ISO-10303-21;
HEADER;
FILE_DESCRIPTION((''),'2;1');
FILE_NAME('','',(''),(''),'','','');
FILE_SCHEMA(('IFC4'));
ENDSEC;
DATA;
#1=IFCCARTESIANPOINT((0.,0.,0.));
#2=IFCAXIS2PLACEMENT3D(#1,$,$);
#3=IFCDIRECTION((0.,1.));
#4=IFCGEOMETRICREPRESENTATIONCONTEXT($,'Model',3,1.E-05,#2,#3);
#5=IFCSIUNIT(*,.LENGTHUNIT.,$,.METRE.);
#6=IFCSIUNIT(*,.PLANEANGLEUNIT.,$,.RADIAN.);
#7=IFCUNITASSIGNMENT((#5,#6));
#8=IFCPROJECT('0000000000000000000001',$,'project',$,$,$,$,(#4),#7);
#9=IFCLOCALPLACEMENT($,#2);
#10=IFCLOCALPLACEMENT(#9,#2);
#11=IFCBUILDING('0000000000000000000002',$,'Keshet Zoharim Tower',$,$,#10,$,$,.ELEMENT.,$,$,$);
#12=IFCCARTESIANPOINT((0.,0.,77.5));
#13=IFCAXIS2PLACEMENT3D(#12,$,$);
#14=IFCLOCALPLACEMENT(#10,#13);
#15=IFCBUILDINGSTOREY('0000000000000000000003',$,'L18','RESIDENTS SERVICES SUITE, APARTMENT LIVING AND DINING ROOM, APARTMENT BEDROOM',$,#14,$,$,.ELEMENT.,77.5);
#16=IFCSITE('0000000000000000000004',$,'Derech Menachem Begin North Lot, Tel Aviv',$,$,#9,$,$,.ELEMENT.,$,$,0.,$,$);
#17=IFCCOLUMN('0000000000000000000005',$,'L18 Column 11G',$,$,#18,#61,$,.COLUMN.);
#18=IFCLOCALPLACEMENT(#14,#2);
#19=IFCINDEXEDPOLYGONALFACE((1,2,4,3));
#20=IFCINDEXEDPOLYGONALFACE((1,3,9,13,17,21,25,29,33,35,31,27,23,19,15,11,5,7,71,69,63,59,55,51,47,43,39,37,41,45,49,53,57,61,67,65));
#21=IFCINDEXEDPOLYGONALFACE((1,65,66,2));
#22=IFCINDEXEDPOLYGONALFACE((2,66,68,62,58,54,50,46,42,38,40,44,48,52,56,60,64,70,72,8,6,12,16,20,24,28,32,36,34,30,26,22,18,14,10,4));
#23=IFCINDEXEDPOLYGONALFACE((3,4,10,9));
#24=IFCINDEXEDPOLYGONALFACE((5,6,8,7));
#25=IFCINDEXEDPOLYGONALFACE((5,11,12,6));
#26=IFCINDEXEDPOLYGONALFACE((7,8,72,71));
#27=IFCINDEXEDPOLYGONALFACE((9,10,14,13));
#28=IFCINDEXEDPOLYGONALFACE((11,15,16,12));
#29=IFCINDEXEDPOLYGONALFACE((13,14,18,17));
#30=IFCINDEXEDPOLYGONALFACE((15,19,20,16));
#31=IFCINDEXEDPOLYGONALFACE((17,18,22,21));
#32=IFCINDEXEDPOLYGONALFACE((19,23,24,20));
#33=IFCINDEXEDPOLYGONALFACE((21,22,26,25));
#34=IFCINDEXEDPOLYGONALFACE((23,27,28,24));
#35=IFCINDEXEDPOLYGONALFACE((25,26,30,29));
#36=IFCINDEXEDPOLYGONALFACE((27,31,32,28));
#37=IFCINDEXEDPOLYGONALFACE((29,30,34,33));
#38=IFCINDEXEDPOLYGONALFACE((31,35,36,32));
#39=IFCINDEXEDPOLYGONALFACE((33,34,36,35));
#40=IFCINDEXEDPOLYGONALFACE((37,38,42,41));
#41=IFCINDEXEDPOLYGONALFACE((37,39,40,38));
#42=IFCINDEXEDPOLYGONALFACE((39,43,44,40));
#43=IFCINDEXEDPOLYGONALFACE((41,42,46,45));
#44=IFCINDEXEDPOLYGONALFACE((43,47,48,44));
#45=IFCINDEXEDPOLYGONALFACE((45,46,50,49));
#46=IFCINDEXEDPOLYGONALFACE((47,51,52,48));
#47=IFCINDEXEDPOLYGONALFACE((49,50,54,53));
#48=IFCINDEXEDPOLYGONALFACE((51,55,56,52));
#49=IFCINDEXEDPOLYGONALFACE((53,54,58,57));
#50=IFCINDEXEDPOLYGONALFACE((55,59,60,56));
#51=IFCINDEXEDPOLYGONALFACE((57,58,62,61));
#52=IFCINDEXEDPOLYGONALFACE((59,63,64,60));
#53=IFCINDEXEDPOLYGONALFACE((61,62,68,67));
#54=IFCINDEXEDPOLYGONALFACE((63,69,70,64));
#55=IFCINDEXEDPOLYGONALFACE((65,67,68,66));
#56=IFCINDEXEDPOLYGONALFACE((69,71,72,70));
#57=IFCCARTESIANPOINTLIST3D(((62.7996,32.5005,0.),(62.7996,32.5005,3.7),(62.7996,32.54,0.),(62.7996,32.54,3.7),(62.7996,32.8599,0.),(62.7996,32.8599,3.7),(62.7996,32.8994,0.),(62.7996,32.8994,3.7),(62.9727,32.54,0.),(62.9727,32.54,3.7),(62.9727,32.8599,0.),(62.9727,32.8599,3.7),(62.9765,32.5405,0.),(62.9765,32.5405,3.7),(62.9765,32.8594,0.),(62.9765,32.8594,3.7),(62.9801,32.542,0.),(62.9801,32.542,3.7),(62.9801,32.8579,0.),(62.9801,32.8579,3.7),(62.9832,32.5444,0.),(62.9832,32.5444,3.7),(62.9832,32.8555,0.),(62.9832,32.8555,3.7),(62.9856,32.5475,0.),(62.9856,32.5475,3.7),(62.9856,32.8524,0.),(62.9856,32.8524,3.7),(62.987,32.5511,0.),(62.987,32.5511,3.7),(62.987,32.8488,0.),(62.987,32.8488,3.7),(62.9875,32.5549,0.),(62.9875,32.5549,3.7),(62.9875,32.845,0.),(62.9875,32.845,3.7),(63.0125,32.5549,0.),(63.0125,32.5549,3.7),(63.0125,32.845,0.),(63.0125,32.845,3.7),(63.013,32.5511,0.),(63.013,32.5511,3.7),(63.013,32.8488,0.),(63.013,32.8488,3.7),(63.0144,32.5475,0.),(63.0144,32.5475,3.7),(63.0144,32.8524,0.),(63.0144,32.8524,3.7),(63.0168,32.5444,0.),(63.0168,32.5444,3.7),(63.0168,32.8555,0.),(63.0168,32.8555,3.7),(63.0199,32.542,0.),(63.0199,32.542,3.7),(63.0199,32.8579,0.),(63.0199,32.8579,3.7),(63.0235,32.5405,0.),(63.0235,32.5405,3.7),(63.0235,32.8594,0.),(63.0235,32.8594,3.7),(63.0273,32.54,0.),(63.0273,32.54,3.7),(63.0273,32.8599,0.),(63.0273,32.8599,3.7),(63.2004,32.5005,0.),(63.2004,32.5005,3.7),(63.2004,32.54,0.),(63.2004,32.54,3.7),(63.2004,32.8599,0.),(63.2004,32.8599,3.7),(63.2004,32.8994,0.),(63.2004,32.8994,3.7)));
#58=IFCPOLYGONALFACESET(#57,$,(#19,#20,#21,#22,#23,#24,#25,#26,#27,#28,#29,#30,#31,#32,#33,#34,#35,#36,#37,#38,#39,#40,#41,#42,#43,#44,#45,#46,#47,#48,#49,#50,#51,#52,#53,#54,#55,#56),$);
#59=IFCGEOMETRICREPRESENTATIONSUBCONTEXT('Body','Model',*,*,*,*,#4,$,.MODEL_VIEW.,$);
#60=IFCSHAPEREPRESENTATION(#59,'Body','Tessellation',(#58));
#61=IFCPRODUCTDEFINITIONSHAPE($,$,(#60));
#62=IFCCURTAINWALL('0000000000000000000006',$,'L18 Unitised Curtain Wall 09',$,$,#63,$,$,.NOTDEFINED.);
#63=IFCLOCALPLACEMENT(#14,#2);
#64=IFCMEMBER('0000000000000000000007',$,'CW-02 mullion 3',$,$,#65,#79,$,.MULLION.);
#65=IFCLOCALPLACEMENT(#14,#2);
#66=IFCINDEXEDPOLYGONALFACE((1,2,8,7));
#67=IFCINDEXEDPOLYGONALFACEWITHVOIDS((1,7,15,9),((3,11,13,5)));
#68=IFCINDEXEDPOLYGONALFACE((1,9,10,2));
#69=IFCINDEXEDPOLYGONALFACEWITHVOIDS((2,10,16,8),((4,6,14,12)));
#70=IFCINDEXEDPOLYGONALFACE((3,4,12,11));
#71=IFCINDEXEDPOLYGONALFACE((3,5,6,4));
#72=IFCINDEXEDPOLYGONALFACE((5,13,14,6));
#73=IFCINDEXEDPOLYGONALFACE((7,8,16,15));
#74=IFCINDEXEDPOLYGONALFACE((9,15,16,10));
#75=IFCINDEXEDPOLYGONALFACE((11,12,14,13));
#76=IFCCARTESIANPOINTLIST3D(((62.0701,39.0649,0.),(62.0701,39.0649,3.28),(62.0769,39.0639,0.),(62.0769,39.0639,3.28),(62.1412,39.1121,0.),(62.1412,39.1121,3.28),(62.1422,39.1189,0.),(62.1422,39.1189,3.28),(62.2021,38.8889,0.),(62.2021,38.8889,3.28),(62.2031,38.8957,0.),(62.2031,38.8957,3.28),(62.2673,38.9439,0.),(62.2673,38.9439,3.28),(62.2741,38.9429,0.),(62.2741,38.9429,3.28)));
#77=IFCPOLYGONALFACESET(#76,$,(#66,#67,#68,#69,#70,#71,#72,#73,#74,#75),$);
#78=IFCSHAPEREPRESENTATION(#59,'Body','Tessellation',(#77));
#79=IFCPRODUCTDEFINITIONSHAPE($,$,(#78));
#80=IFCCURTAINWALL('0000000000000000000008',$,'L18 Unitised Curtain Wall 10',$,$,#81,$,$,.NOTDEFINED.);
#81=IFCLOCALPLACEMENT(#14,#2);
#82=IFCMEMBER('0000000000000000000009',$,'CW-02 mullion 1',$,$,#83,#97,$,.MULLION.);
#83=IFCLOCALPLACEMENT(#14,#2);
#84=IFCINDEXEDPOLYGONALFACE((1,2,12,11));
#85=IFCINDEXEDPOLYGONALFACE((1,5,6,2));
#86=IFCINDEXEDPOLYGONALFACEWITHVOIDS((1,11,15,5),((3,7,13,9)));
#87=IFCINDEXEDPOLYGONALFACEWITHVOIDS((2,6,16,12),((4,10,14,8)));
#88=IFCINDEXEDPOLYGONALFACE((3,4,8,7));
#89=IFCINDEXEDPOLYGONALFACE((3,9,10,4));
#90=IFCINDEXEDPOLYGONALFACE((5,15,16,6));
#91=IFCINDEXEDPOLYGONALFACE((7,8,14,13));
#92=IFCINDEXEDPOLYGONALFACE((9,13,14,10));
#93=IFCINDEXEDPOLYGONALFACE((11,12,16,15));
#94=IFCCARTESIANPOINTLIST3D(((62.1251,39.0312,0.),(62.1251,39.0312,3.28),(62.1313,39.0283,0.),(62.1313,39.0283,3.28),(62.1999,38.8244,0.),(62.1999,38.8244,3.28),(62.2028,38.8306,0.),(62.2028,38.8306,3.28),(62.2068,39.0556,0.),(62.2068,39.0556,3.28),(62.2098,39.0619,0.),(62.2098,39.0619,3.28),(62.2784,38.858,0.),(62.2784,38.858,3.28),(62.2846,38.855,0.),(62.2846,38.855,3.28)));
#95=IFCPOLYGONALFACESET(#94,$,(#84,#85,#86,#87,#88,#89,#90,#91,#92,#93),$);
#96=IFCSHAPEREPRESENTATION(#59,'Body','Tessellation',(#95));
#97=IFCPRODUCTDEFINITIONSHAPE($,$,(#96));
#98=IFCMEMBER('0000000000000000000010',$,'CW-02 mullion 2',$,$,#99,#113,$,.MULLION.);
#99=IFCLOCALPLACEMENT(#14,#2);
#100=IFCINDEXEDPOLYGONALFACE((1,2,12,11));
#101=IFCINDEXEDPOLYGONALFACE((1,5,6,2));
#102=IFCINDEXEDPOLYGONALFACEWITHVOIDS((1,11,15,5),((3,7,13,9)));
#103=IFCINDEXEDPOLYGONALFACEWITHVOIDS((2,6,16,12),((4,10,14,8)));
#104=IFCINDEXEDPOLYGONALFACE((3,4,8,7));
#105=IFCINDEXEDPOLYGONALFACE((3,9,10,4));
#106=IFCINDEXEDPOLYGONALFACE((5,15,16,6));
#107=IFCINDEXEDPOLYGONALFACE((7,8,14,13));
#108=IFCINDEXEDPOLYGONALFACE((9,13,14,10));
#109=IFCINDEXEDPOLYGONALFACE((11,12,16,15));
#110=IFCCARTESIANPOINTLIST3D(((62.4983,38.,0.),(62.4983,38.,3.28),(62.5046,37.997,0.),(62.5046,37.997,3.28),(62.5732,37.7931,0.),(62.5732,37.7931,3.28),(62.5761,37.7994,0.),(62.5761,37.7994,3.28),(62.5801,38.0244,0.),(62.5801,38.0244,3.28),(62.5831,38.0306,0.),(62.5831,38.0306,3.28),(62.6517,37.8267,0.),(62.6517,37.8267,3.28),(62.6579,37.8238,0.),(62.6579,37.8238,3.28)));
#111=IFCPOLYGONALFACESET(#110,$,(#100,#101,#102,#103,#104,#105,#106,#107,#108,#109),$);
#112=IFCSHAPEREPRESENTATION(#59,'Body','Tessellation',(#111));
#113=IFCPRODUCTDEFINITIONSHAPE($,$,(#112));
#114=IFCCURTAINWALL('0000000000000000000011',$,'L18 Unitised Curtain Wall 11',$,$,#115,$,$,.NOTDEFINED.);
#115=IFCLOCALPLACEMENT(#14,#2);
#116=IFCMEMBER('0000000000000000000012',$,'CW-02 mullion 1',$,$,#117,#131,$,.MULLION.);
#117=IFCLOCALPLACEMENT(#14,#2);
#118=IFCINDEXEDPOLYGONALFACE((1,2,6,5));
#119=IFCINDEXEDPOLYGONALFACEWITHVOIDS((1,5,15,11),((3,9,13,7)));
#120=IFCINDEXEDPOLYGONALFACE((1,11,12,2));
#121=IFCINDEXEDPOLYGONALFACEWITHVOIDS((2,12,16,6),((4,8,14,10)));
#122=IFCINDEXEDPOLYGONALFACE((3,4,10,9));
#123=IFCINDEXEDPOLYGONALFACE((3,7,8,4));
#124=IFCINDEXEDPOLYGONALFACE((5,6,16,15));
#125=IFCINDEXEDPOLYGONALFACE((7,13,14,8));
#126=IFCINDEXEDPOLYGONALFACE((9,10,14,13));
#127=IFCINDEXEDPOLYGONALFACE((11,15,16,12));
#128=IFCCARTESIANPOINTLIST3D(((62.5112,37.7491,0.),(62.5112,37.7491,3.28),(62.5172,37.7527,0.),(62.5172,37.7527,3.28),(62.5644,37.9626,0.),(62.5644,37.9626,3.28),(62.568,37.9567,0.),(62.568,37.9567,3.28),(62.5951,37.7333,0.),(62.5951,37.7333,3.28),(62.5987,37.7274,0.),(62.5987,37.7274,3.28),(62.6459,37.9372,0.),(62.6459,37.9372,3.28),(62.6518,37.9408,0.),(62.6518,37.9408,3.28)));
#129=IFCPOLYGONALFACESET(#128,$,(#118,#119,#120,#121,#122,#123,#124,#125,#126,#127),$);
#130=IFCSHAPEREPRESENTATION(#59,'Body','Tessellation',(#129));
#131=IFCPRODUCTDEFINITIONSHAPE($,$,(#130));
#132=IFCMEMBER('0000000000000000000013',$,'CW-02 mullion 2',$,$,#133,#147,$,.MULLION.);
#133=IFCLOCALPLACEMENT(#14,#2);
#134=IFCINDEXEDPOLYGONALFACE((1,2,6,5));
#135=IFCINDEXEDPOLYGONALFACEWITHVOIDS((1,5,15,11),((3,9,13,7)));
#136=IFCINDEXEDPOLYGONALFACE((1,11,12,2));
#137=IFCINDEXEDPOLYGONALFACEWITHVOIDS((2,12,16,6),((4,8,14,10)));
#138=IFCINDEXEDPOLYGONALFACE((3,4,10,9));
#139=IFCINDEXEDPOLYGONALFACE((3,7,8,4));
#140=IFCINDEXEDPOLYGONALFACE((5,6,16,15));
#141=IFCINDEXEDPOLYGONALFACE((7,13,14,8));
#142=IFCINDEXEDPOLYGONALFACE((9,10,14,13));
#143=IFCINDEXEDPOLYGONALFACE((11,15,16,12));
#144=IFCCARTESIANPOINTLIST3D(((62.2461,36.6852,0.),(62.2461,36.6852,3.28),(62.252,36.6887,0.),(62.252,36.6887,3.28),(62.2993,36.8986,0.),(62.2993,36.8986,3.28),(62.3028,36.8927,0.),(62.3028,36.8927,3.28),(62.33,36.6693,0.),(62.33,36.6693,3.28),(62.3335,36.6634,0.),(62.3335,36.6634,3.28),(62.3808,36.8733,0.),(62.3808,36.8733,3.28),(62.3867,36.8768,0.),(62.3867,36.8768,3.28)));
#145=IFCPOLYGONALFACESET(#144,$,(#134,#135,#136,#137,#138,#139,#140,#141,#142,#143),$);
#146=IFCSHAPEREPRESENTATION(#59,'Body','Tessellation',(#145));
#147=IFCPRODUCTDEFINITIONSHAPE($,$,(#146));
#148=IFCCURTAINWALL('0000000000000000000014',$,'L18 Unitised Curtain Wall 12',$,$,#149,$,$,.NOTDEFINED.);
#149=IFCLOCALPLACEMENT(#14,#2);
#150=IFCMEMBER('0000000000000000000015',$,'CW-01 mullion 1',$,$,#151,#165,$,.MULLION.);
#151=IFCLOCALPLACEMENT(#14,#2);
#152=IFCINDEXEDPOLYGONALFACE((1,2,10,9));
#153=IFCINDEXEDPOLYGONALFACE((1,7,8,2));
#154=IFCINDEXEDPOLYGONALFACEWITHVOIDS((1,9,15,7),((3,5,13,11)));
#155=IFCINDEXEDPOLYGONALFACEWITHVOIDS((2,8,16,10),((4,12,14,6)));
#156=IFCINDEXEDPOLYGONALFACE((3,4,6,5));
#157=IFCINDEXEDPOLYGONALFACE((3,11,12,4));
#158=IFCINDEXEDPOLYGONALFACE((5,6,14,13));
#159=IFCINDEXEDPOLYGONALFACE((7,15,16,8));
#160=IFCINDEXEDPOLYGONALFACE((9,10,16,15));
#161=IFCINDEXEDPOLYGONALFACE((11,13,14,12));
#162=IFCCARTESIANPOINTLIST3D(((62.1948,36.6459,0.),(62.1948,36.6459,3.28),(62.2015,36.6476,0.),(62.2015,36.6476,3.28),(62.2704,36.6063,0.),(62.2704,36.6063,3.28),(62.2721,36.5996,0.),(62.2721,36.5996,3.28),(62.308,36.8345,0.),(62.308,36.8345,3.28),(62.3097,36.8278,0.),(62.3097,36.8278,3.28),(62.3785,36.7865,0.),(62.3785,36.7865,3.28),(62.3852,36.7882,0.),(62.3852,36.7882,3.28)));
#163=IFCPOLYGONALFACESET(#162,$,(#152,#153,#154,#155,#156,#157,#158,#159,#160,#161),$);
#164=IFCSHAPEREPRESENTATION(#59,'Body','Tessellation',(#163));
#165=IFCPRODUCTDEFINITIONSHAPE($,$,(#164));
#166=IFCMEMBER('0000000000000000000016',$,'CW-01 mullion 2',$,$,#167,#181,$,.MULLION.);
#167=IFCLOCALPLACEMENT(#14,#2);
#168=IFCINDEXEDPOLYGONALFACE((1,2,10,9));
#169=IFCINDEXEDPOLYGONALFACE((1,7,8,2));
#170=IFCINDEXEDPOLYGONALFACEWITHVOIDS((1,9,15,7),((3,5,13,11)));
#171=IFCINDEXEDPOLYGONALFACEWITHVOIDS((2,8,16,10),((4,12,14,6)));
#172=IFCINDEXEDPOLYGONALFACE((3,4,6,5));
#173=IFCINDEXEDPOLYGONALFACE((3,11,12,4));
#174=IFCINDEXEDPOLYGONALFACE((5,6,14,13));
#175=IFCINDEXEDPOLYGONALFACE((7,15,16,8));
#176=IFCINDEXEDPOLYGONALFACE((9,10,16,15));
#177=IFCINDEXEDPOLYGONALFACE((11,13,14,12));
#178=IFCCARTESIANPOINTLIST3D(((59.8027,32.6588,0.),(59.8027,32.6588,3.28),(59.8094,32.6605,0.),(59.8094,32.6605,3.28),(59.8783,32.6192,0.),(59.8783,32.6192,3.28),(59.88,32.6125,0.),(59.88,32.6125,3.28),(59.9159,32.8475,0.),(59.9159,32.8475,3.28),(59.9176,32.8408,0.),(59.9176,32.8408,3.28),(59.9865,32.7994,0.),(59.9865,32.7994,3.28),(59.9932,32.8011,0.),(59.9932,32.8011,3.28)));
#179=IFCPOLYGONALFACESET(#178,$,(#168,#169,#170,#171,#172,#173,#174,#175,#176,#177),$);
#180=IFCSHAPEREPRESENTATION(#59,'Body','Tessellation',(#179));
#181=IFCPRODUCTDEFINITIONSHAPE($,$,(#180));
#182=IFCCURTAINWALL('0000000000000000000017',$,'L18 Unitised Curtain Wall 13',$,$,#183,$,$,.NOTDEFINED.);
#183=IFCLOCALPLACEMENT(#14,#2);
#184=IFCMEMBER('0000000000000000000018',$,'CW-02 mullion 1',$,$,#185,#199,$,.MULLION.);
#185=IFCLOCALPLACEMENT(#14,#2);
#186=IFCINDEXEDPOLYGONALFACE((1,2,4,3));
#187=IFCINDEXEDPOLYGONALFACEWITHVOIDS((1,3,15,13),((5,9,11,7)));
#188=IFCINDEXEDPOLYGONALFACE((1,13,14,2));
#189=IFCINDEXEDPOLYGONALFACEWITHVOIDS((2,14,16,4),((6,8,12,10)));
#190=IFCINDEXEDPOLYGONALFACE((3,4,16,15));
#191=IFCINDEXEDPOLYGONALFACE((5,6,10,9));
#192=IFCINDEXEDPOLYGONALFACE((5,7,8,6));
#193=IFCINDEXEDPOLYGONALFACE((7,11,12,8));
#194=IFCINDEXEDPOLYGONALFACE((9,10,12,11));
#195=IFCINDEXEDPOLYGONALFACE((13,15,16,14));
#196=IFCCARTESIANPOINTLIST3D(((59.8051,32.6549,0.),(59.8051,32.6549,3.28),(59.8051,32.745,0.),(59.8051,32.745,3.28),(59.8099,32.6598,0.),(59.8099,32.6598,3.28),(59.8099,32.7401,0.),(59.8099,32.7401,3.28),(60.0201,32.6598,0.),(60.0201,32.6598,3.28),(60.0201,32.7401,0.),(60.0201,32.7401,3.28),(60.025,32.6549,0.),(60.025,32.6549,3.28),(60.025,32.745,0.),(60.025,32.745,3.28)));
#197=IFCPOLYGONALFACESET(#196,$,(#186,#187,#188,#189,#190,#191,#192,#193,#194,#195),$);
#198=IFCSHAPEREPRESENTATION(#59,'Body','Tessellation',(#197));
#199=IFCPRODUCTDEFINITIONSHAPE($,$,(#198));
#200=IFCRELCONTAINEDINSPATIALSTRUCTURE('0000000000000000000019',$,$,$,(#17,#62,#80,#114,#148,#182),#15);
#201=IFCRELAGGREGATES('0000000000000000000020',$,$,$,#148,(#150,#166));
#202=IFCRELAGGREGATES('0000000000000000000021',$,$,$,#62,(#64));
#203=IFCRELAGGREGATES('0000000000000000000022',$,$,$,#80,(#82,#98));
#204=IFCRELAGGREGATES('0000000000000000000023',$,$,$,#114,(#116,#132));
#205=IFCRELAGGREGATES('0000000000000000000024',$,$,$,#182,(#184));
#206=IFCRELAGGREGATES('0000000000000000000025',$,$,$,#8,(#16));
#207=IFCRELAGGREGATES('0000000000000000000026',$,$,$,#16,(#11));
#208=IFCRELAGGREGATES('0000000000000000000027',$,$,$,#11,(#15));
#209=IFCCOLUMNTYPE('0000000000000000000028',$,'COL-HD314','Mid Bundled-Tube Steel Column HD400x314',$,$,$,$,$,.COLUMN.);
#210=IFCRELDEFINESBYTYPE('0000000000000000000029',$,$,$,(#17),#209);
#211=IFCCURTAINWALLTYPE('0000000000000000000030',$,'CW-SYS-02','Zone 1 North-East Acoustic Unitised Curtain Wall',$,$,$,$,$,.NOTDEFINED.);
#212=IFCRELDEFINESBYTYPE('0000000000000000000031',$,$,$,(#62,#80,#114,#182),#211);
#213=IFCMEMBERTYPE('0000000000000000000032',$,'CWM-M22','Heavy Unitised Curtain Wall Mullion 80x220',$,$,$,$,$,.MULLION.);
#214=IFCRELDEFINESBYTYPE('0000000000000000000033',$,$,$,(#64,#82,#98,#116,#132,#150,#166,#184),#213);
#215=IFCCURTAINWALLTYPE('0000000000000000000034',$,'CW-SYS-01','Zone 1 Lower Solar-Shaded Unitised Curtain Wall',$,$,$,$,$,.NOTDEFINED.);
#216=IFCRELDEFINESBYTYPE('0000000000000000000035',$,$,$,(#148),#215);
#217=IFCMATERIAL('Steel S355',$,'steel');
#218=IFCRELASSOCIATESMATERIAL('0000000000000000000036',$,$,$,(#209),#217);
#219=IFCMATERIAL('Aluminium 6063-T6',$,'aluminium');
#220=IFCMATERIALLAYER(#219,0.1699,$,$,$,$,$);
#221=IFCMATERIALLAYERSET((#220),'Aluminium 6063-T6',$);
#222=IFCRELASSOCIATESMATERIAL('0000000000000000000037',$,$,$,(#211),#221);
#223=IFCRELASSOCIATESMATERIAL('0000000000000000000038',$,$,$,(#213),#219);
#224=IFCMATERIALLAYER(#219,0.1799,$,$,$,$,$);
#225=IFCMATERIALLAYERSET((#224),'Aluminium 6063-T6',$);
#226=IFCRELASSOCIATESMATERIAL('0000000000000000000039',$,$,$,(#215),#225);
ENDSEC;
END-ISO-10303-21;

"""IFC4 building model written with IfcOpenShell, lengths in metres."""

from ifc_helpers import new_model, si_unit, direction, frame, origin, origin_2d, place, context, subcontext, project, spatial, hollow_rectangle, i_section, extrude, material, layer, layer_set, material_profile, profile_set, type_object, element, aggregate, save


model = new_model("IFC4")

# Units and contexts
model_context = context("Model", 3, precision=1e-05, world=origin(), true_north=direction((0.0, 1.0)))
body_context = subcontext(model_context, "Body", "Model", "MODEL_VIEW")
ifc_project = project(units=[si_unit("LENGTHUNIT", "METRE"), si_unit("PLANEANGLEUNIT", "RADIAN")], contexts=[model_context])

# Site, building, storey
site_placement = place(None, origin())
site = spatial("IfcSite", under=ifc_project, at=site_placement, Name="Derech Menachem Begin North Lot, Tel Aviv", CompositionType="ELEMENT", RefElevation=0.0)
building_placement = place(site_placement, origin())
building = spatial("IfcBuilding", under=site, at=building_placement, Name="Keshet Zoharim Tower", CompositionType="ELEMENT")
storey_placement = place(building_placement, frame((0.0, 0.0, 77.5)))
storey = spatial("IfcBuildingStorey", under=building, at=storey_placement, Name="L18", Description="RESIDENTS SERVICES SUITE, APARTMENT LIVING AND DINING ROOM, APARTMENT BEDROOM", CompositionType="ELEMENT", Elevation=77.5)

# Column
ifc_material_1 = material(Name="Steel S355", Category="steel")
ifc_material_profile_1 = material_profile(ifc_material_1, i_section(OverallWidth=0.4009, OverallDepth=0.3989, WebThickness=0.0249, FlangeThickness=0.0396, FilletRadius=0.0149, at=origin_2d()), Name="HD400x314")
ifc_profile_set_1 = profile_set([ifc_material_profile_1], Name="Steel S355")
column_type = type_object("IfcColumnType", Name="COL-HD314", Description="Mid Bundled-Tube Steel Column HD400x314", PredefinedType="COLUMN", material=ifc_profile_set_1)
column_placement = place(storey_placement, frame((63.0, 32.7, 0.0), z_axis=(0.0, 0.0, 1.0), x_axis=(1.0, 0.0, 0.0)))
element("IfcColumn", 1, at=column_placement, inside=storey, type_object=column_type, Name="L18 Column 11G", PredefinedType="COLUMN", context=body_context, shape_type="SweptSolid", body=[
    extrude(i_section(OverallWidth=0.4009, OverallDepth=0.3989, WebThickness=0.0249, FlangeThickness=0.0396, FilletRadius=0.0149, at=origin_2d()), origin(), (0.0, 0.0, 1.0), 3.7),
])

# Curtain wall, member
ifc_material_2 = material(Name="Aluminium 6063-T6", Category="aluminium")
ifc_layer_1 = layer(ifc_material_2, 0.1699)
ifc_layer_set_1 = layer_set([ifc_layer_1], Name="Aluminium 6063-T6")
curtain_wall_type_1 = type_object("IfcCurtainWallType", Name="CW-SYS-02", Description="Zone 1 North-East Acoustic Unitised Curtain Wall", PredefinedType="NOTDEFINED", material=ifc_layer_set_1)
curtain_wall_1_placement = place(storey_placement, origin())
curtain_wall_1 = element("IfcCurtainWall", 2, at=curtain_wall_1_placement, inside=storey, type_object=curtain_wall_type_1, Name="L18 Unitised Curtain Wall 09", PredefinedType="NOTDEFINED")
ifc_material_profile_2 = material_profile(ifc_material_2, hollow_rectangle(XDim=0.0901, YDim=0.22, WallThickness=0.0049, at=origin_2d()), Name="MUL-90x220")
ifc_profile_set_2 = profile_set([ifc_material_profile_2], Name="Aluminium 6063-T6")
member_type_1 = type_object("IfcMemberType", Name="CWM-M22", Description="Heavy Unitised Curtain Wall Mullion 80x220", PredefinedType="MULLION", material=ifc_profile_set_2)
member_1_placement = place(storey_placement, frame((62.1721, 39.0039, 0.0), z_axis=(0.0, 0.0, 1.0), x_axis=(0.8, 0.6, 0.0)))
member_1 = element("IfcMember", 3, at=member_1_placement, type_object=member_type_1, Name="CW-02 mullion 3", PredefinedType="MULLION", context=body_context, shape_type="SweptSolid", body=[
    extrude(hollow_rectangle(XDim=0.0901, YDim=0.22, WallThickness=0.0049, at=origin_2d()), origin(), (0.0, 0.0, 1.0), 3.28),
])

# Curtain walls, members
curtain_wall_2_placement = place(storey_placement, origin())
curtain_wall_2 = element("IfcCurtainWall", 4, at=curtain_wall_2_placement, inside=storey, type_object=curtain_wall_type_1, Name="L18 Unitised Curtain Wall 10", PredefinedType="NOTDEFINED")
member_2_placement = place(storey_placement, frame((62.2048, 38.9431, 0.0), z_axis=(0.0, 0.0, 1.0), x_axis=(0.940318, 0.340297, 0.0)))
member_2 = element("IfcMember", 5, at=member_2_placement, type_object=member_type_1, Name="CW-02 mullion 1", PredefinedType="MULLION", context=body_context, shape_type="SweptSolid", body=[
    extrude(hollow_rectangle(XDim=0.0901, YDim=0.22, WallThickness=0.0049, at=origin_2d()), origin(), (0.0, 0.0, 1.0), 3.28),
])
member_3_placement = place(storey_placement, frame((62.5781, 37.9119, 0.0), z_axis=(0.0, 0.0, 1.0), x_axis=(0.940318, 0.340297, 0.0)))
member_3 = element("IfcMember", 6, at=member_3_placement, type_object=member_type_1, Name="CW-02 mullion 2", PredefinedType="MULLION", context=body_context, shape_type="SweptSolid", body=[
    extrude(hollow_rectangle(XDim=0.0901, YDim=0.22, WallThickness=0.0049, at=origin_2d()), origin(), (0.0, 0.0, 1.0), 3.28),
])
curtain_wall_3_placement = place(storey_placement, origin())
curtain_wall_3 = element("IfcCurtainWall", 7, at=curtain_wall_3_placement, inside=storey, type_object=curtain_wall_type_1, Name="L18 Unitised Curtain Wall 11", PredefinedType="NOTDEFINED")
member_4_placement = place(storey_placement, frame((62.5815, 37.845, 0.0), z_axis=(0.0, 0.0, 1.0), x_axis=(0.970344, -0.241729, 0.0)))
member_4 = element("IfcMember", 8, at=member_4_placement, type_object=member_type_1, Name="CW-02 mullion 1", PredefinedType="MULLION", context=body_context, shape_type="SweptSolid", body=[
    extrude(hollow_rectangle(XDim=0.0901, YDim=0.22, WallThickness=0.0049, at=origin_2d()), origin(), (0.0, 0.0, 1.0), 3.28),
])
member_5_placement = place(storey_placement, frame((62.3164, 36.781, 0.0), z_axis=(0.0, 0.0, 1.0), x_axis=(0.970344, -0.241729, 0.0)))
member_5 = element("IfcMember", 9, at=member_5_placement, type_object=member_type_1, Name="CW-02 mullion 2", PredefinedType="MULLION", context=body_context, shape_type="SweptSolid", body=[
    extrude(hollow_rectangle(XDim=0.0901, YDim=0.22, WallThickness=0.0049, at=origin_2d()), origin(), (0.0, 0.0, 1.0), 3.28),
])
ifc_layer_2 = layer(ifc_material_2, 0.1799)
ifc_layer_set_2 = layer_set([ifc_layer_2], Name="Aluminium 6063-T6")
curtain_wall_type_2 = type_object("IfcCurtainWallType", Name="CW-SYS-01", Description="Zone 1 Lower Solar-Shaded Unitised Curtain Wall", PredefinedType="NOTDEFINED", material=ifc_layer_set_2)
curtain_wall_4_placement = place(storey_placement, origin())
curtain_wall_4 = element("IfcCurtainWall", 10, at=curtain_wall_4_placement, inside=storey, type_object=curtain_wall_type_2, Name="L18 Unitised Curtain Wall 12", PredefinedType="NOTDEFINED")
member_6_placement = place(storey_placement, frame((62.29, 36.717, 0.0), z_axis=(0.0, 0.0, 1.0), x_axis=(0.857512, -0.514465, 0.0)))
member_6 = element("IfcMember", 11, at=member_6_placement, type_object=member_type_1, Name="CW-01 mullion 1", PredefinedType="MULLION", context=body_context, shape_type="SweptSolid", body=[
    extrude(hollow_rectangle(XDim=0.0901, YDim=0.22, WallThickness=0.0049, at=origin_2d()), origin(), (0.0, 0.0, 1.0), 3.28),
])
member_7_placement = place(storey_placement, frame((59.8979, 32.73, 0.0), z_axis=(0.0, 0.0, 1.0), x_axis=(0.857512, -0.514465, 0.0)))
member_7 = element("IfcMember", 12, at=member_7_placement, type_object=member_type_1, Name="CW-01 mullion 2", PredefinedType="MULLION", context=body_context, shape_type="SweptSolid", body=[
    extrude(hollow_rectangle(XDim=0.0901, YDim=0.22, WallThickness=0.0049, at=origin_2d()), origin(), (0.0, 0.0, 1.0), 3.28),
])
curtain_wall_5_placement = place(storey_placement, origin())
curtain_wall_5 = element("IfcCurtainWall", 13, at=curtain_wall_5_placement, inside=storey, type_object=curtain_wall_type_1, Name="L18 Unitised Curtain Wall 13", PredefinedType="NOTDEFINED")
member_8_placement = place(storey_placement, frame((59.915, 32.7, 0.0), z_axis=(0.0, 0.0, 1.0), x_axis=(0.0, 1.0, 0.0)))
member_8 = element("IfcMember", 14, at=member_8_placement, type_object=member_type_1, Name="CW-02 mullion 1", PredefinedType="MULLION", context=body_context, shape_type="SweptSolid", body=[
    extrude(hollow_rectangle(XDim=0.0901, YDim=0.22, WallThickness=0.0049, at=origin_2d()), origin(), (0.0, 0.0, 1.0), 3.28),
])

aggregate(curtain_wall_4, [member_6, member_7])
aggregate(curtain_wall_1, [member_1])
aggregate(curtain_wall_2, [member_2, member_3])
aggregate(curtain_wall_3, [member_4, member_5])
aggregate(curtain_wall_5, [member_8])

save(model, "model.ifc")
